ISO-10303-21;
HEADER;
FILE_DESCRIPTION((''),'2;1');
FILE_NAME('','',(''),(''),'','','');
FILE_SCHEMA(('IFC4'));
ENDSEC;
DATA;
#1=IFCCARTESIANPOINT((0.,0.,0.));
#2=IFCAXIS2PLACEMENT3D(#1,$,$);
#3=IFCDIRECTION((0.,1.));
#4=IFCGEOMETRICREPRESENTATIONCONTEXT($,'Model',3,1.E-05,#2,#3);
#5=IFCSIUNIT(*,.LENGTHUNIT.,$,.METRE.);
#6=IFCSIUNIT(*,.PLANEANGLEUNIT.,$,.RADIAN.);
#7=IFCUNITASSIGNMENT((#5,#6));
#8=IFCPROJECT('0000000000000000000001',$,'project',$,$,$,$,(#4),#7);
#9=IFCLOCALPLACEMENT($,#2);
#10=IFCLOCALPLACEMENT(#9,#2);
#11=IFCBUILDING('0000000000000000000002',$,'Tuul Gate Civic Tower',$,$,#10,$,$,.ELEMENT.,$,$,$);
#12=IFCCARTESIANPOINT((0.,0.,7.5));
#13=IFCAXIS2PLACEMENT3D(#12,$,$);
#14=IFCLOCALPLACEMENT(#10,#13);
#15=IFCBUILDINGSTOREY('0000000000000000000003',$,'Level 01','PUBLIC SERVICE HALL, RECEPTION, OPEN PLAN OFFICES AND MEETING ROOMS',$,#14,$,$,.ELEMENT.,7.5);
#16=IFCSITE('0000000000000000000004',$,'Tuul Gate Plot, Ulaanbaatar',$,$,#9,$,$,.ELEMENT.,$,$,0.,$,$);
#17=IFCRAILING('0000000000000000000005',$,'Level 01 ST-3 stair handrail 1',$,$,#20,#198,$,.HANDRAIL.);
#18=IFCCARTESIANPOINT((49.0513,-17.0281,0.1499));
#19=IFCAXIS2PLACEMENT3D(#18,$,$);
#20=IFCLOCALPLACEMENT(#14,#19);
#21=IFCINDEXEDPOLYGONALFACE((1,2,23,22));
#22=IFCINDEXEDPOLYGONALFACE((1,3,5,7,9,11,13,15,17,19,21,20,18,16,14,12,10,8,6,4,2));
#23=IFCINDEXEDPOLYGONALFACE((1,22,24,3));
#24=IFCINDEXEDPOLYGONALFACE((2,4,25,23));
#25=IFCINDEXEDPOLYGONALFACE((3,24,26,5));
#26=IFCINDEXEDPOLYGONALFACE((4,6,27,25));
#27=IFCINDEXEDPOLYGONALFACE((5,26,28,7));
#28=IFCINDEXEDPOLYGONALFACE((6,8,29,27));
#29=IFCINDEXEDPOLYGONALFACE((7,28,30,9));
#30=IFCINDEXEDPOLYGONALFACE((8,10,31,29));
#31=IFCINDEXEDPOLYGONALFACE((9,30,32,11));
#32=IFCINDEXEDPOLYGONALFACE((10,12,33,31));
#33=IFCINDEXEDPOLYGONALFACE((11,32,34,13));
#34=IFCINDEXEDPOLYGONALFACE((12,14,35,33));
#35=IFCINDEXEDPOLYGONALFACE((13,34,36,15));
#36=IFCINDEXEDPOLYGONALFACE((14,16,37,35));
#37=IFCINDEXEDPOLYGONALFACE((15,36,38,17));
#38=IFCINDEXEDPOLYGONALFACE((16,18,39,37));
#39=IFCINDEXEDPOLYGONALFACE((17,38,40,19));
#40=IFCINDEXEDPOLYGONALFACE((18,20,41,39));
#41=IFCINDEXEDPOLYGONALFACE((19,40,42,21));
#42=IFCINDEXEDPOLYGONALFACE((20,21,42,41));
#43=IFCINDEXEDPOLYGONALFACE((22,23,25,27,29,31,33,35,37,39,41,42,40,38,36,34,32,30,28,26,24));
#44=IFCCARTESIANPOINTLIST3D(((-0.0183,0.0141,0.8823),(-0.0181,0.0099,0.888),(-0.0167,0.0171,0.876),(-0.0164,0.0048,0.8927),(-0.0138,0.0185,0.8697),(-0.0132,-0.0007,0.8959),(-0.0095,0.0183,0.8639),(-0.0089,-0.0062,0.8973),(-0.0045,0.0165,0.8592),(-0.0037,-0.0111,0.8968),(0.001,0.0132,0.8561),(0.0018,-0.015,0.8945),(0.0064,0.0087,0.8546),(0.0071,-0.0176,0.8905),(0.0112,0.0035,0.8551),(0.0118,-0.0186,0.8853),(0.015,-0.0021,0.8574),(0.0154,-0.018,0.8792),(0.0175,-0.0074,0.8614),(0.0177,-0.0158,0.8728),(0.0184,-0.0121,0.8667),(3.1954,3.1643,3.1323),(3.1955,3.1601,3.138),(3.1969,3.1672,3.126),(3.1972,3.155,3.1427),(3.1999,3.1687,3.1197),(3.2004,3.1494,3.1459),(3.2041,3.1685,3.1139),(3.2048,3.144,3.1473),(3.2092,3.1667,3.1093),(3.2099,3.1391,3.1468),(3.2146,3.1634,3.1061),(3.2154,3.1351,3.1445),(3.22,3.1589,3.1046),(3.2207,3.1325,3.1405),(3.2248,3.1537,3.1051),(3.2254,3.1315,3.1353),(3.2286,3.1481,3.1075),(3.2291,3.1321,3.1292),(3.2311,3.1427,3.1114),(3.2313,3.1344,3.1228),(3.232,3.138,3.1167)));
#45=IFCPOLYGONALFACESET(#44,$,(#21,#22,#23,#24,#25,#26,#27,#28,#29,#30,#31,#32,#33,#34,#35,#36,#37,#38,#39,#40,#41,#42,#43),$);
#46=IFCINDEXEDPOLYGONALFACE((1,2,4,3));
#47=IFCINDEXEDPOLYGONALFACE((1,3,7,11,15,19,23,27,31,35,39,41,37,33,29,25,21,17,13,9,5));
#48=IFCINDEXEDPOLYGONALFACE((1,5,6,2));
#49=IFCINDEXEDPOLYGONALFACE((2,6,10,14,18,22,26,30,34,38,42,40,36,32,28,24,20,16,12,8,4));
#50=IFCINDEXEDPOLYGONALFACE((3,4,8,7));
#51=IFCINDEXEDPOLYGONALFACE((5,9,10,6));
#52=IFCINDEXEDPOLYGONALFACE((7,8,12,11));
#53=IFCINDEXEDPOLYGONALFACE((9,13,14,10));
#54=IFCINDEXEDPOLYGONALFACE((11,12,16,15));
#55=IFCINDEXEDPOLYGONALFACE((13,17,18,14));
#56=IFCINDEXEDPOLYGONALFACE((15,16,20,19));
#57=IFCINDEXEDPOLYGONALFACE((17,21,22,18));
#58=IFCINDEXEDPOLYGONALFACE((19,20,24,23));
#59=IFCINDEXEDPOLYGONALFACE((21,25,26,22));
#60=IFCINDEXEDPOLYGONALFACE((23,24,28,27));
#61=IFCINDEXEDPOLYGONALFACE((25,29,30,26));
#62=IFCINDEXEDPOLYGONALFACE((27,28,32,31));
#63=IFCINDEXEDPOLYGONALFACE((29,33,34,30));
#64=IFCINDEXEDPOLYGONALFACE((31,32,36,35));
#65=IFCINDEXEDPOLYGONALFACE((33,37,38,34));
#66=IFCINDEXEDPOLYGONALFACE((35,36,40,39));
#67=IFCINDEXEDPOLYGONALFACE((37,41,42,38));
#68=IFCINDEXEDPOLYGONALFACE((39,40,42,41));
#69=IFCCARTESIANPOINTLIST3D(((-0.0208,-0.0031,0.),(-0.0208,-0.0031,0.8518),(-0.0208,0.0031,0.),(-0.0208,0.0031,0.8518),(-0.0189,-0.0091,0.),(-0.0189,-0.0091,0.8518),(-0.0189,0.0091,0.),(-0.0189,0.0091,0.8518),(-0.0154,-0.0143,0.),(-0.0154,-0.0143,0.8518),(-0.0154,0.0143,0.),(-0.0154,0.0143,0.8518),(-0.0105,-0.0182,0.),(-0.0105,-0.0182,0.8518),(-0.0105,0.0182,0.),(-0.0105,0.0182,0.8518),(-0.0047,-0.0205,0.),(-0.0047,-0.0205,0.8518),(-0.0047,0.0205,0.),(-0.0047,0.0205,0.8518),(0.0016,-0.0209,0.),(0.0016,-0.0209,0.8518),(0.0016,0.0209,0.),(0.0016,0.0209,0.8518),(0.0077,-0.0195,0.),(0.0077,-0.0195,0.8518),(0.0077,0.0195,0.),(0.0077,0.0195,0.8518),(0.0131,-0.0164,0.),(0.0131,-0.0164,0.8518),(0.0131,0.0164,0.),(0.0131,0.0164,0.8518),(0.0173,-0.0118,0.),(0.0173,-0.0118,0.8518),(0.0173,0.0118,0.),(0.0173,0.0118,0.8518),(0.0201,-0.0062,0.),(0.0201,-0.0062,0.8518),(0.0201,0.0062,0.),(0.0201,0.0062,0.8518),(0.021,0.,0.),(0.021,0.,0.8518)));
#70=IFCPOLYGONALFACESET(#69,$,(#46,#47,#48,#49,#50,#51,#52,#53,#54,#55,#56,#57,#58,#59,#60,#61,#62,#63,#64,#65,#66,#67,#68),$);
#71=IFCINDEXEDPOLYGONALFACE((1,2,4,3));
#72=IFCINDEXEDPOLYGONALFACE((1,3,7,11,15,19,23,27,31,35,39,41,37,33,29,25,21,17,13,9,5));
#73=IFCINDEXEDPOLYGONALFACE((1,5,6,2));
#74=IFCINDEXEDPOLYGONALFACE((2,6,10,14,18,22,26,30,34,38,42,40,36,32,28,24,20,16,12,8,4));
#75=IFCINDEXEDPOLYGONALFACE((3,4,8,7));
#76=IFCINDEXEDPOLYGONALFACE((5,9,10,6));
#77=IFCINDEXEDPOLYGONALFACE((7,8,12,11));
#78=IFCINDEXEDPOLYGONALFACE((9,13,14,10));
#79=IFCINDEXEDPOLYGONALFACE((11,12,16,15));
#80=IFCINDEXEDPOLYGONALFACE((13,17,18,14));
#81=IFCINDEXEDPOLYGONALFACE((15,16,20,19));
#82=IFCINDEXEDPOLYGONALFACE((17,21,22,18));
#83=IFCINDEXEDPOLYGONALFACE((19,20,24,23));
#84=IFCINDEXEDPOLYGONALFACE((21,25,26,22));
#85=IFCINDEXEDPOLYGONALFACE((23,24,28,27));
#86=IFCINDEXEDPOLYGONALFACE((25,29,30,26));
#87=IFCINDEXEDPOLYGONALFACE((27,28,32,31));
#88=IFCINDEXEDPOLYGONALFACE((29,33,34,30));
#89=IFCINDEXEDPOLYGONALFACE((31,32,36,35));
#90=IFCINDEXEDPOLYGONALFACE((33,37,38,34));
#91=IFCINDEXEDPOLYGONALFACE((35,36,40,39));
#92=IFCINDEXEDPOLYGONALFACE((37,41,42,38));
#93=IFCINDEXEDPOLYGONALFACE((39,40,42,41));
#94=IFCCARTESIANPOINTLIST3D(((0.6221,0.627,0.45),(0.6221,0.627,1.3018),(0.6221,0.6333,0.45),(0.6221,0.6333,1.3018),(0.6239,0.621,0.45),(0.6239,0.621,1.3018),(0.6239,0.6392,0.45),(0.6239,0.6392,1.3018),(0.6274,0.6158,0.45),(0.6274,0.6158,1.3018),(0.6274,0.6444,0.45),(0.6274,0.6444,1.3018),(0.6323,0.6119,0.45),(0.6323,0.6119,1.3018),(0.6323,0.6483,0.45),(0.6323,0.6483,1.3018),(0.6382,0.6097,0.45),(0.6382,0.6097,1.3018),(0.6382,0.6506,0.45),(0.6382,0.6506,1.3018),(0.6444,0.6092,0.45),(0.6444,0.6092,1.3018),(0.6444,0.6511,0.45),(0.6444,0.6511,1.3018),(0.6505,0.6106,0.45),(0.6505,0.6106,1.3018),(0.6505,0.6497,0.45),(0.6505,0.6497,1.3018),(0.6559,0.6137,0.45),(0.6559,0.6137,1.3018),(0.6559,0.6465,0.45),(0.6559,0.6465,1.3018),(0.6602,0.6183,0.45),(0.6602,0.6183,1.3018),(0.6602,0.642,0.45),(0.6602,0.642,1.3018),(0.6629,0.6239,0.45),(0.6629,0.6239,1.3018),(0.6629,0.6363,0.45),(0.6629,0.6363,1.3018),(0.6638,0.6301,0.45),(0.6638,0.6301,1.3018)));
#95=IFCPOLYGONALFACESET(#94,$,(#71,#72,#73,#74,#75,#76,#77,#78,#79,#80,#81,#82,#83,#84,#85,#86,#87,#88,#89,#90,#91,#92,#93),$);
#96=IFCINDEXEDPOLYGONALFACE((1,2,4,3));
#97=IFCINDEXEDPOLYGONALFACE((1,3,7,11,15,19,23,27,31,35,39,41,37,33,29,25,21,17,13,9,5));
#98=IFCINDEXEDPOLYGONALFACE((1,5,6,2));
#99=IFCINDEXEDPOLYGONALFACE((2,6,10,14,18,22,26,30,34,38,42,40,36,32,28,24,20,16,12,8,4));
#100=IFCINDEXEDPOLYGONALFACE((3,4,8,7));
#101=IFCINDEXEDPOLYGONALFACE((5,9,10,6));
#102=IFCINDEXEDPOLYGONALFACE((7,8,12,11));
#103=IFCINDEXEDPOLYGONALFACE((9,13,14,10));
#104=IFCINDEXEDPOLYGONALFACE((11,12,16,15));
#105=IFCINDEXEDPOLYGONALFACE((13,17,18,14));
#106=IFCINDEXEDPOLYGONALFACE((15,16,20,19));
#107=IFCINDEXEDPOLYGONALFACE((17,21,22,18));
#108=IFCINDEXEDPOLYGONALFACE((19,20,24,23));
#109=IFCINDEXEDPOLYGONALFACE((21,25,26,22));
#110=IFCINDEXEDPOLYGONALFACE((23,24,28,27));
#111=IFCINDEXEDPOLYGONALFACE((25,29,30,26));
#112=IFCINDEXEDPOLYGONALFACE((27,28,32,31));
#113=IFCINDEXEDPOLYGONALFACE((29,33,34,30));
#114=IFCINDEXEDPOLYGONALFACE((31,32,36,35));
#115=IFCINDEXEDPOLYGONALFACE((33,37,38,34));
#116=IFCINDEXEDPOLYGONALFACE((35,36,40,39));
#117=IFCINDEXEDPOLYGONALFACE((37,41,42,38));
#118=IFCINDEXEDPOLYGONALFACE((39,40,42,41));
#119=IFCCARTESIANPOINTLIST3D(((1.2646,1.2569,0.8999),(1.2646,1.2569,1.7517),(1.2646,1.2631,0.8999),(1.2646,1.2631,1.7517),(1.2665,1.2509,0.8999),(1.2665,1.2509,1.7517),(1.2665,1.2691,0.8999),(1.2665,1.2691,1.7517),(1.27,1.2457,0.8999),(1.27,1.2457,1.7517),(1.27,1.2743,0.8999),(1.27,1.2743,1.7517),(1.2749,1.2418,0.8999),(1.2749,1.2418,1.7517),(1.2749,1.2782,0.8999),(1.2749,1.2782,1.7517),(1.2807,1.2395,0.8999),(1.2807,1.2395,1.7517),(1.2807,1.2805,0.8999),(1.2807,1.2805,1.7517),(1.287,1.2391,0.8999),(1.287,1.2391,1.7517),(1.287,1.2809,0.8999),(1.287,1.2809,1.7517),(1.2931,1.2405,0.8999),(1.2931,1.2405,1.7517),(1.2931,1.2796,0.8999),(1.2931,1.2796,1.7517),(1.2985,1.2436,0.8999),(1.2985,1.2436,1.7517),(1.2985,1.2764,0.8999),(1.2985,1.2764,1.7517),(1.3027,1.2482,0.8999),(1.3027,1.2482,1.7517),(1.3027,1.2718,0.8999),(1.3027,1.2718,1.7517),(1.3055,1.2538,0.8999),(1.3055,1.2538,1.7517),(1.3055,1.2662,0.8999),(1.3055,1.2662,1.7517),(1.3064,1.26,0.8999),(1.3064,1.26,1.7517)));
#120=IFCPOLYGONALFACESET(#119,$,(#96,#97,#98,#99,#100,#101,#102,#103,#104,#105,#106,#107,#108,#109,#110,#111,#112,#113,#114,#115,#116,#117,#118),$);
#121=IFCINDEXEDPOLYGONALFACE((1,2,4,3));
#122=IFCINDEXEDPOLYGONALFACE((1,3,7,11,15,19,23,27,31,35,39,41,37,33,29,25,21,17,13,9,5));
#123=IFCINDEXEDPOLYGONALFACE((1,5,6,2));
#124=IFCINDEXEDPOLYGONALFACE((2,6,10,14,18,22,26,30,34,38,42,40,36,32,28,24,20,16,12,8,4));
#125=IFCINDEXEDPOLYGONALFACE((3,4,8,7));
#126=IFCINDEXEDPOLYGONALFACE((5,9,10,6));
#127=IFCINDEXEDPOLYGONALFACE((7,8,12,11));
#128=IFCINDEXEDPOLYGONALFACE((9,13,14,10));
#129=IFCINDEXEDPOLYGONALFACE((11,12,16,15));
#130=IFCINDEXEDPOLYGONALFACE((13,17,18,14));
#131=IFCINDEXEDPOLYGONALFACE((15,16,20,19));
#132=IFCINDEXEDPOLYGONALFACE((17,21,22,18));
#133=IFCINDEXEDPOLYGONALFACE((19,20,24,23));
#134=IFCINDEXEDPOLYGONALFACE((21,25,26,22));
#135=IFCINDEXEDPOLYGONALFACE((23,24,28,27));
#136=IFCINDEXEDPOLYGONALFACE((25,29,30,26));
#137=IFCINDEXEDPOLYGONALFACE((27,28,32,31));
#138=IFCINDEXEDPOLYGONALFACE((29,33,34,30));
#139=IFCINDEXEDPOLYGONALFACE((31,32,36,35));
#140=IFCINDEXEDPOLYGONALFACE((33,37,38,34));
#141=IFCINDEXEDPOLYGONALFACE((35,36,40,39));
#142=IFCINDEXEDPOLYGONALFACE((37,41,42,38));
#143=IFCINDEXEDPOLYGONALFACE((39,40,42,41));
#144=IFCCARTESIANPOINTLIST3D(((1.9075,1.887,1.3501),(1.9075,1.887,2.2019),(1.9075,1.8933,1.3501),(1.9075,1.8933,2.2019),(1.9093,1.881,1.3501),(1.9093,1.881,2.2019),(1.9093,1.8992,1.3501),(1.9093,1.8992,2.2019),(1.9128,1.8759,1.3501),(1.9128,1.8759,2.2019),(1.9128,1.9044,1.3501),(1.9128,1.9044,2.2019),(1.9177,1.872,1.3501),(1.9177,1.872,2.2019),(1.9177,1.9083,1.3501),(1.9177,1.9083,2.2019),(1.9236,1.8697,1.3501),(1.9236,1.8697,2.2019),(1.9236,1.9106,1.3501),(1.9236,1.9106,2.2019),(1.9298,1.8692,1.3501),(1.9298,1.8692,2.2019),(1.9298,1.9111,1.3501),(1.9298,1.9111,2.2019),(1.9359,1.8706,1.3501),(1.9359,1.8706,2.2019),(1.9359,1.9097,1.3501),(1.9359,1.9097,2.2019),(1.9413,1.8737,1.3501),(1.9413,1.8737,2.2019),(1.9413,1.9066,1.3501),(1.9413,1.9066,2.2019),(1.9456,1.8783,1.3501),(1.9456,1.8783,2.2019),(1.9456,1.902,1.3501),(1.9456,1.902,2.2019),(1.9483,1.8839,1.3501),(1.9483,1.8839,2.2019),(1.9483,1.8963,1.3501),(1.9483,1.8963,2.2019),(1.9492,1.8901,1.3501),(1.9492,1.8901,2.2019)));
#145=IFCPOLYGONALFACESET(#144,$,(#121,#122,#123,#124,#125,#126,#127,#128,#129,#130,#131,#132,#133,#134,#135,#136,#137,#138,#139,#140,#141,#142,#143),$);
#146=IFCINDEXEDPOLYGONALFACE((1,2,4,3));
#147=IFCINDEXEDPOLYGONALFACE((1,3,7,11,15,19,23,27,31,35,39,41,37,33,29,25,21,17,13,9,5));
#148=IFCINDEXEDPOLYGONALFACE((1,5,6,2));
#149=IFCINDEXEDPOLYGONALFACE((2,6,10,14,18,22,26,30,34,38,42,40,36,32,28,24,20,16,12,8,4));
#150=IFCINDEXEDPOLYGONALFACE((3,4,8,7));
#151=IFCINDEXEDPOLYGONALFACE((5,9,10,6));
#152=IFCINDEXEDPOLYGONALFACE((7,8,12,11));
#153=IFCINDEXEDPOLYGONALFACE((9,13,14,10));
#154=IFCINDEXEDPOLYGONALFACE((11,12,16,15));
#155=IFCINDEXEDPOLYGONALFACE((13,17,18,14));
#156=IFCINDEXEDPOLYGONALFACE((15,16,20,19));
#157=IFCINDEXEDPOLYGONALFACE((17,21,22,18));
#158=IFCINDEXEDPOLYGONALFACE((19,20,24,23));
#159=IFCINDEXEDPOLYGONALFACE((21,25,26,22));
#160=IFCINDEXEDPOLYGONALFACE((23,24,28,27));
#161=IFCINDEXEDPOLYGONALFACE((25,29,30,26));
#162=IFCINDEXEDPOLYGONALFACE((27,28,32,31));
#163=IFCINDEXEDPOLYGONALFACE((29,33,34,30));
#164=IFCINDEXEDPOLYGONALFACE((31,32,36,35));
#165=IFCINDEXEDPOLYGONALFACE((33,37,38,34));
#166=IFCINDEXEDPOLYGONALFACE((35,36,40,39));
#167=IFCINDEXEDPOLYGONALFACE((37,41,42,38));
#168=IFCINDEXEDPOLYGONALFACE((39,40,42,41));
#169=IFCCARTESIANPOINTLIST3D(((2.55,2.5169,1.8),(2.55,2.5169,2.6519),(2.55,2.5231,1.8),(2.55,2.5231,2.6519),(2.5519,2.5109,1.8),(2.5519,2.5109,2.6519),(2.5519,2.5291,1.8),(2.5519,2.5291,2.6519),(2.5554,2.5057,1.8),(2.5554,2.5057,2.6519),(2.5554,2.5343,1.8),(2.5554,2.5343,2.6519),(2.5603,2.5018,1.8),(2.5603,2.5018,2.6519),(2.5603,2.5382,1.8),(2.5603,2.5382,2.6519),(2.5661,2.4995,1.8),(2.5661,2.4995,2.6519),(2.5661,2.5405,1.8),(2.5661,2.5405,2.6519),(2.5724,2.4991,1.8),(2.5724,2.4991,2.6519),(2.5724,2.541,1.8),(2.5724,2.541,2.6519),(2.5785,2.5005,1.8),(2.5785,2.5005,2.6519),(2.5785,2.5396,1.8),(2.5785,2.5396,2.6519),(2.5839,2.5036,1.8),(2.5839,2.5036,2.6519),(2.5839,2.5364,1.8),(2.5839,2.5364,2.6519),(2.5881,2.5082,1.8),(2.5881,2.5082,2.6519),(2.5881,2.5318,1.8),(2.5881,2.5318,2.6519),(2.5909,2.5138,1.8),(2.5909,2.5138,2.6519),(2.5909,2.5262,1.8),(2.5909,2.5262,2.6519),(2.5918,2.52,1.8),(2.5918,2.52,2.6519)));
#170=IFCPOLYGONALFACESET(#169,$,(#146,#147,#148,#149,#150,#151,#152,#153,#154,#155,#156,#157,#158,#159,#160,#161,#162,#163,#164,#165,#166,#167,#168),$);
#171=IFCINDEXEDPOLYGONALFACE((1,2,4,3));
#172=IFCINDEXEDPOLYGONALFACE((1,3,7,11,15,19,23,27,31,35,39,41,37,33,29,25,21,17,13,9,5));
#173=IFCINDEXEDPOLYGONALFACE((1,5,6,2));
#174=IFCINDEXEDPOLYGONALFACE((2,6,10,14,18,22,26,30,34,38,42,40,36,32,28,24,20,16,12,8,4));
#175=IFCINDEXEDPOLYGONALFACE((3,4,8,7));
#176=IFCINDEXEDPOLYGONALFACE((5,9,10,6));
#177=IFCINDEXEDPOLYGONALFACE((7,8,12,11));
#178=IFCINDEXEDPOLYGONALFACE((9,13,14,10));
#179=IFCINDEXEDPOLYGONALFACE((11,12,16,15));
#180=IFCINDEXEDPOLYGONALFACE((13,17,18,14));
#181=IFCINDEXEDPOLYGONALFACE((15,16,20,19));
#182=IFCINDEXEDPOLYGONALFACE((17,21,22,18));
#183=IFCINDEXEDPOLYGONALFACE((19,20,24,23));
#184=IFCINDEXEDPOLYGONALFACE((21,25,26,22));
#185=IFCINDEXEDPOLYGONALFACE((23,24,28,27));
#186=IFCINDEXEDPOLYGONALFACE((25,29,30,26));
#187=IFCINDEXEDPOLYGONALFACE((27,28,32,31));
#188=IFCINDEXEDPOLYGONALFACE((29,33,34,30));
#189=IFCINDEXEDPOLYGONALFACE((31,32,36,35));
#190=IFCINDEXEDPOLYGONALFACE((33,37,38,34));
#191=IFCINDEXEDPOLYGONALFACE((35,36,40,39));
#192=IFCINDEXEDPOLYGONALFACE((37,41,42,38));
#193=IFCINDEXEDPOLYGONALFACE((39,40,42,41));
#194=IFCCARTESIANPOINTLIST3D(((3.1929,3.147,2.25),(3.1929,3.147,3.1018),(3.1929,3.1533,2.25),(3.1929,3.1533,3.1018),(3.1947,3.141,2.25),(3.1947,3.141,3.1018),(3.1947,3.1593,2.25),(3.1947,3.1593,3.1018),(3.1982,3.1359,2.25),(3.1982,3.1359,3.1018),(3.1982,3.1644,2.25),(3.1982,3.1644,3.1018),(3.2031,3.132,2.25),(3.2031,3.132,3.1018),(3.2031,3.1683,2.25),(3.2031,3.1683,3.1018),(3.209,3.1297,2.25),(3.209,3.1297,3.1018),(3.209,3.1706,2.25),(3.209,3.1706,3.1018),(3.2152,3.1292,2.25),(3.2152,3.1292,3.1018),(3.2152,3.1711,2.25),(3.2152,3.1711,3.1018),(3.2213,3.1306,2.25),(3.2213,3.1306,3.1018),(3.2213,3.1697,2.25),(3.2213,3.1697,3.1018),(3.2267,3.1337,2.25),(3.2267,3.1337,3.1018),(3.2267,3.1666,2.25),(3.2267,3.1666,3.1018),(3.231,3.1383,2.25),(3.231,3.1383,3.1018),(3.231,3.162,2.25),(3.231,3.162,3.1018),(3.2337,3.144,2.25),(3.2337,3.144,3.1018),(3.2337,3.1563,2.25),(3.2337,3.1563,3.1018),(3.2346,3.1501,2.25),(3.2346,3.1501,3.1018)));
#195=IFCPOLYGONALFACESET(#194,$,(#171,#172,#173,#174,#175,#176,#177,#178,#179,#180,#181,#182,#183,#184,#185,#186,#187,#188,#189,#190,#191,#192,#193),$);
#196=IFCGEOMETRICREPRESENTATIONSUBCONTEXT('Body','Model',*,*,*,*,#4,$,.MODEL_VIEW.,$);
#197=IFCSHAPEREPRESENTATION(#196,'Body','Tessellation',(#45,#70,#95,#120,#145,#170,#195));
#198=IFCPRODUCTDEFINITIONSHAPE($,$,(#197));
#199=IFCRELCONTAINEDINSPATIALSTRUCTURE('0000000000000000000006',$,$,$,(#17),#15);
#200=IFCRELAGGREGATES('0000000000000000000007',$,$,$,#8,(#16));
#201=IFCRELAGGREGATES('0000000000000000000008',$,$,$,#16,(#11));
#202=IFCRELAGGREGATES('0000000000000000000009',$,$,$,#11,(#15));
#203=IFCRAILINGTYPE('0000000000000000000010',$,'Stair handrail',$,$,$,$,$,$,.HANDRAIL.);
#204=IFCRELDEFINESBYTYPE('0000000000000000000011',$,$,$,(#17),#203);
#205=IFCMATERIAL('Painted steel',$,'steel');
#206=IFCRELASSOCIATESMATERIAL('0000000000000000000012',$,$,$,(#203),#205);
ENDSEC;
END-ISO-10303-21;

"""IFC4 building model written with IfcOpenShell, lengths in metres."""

from ifc_helpers import new_model, si_unit, direction, frame, origin, origin_2d, place, context, subcontext, project, spatial, circle, extrude, material, type_object, element, save


model = new_model("IFC4")

# Units and contexts
model_context = context("Model", 3, precision=1e-05, world=origin(), true_north=direction((0.0, 1.0)))
body_context = subcontext(model_context, "Body", "Model", "MODEL_VIEW")
ifc_project = project(units=[si_unit("LENGTHUNIT", "METRE"), si_unit("PLANEANGLEUNIT", "RADIAN")], contexts=[model_context])

# Site, building, storey
site_placement = place(None, origin())
site = spatial("IfcSite", under=ifc_project, at=site_placement, Name="Tuul Gate Plot, Ulaanbaatar", CompositionType="ELEMENT", RefElevation=0.0)
building_placement = place(site_placement, origin())
building = spatial("IfcBuilding", under=site, at=building_placement, Name="Tuul Gate Civic Tower", CompositionType="ELEMENT")
storey_placement = place(building_placement, frame((0.0, 0.0, 7.5)))
storey = spatial("IfcBuildingStorey", under=building, at=storey_placement, Name="Level 01", Description="PUBLIC SERVICE HALL, RECEPTION, OPEN PLAN OFFICES AND MEETING ROOMS", CompositionType="ELEMENT", Elevation=7.5)

# Railing
ifc_material_1 = material(Name="Painted steel", Category="steel")
railing_type_1 = type_object("IfcRailingType", Name="Stair handrail", PredefinedType="HANDRAIL", material=ifc_material_1)
railing_1_placement = place(storey_placement, frame((49.0513, -17.0281, 0.1499)))
element("IfcRailing", 1, at=railing_1_placement, inside=storey, type_object=railing_type_1, Name="Level 01 ST-3 stair handrail 1", PredefinedType="HANDRAIL", context=body_context, shape_type="SweptSolid", body=[
    extrude(circle(Radius=0.0239, at=origin_2d()), frame((0.0, 0.0, 0.876), z_axis=(0.638735, 0.626118, 0.447207), x_axis=(-0.700019, 0.714124, 0.0)), (0.0, 0.0, 1.0), 5.0312),
    extrude(circle(Radius=0.021, at=origin_2d()), origin(), (0.0, 0.0, 1.0), 0.8518),
    extrude(circle(Radius=0.021, at=origin_2d()), frame((0.6428, 0.6301, 0.45)), (0.0, 0.0, 1.0), 0.8518),
    extrude(circle(Radius=0.021, at=origin_2d()), frame((1.2854, 1.26, 0.8999)), (0.0, 0.0, 1.0), 0.8518),
    extrude(circle(Radius=0.021, at=origin_2d()), frame((1.9282, 1.8901, 1.3501)), (0.0, 0.0, 1.0), 0.8518),
    extrude(circle(Radius=0.021, at=origin_2d()), frame((2.5708, 2.52, 1.8)), (0.0, 0.0, 1.0), 0.8518),
    extrude(circle(Radius=0.021, at=origin_2d()), frame((3.2136, 3.1501, 2.25)), (0.0, 0.0, 1.0), 0.8518),
])

save(model, "model.ifc")
